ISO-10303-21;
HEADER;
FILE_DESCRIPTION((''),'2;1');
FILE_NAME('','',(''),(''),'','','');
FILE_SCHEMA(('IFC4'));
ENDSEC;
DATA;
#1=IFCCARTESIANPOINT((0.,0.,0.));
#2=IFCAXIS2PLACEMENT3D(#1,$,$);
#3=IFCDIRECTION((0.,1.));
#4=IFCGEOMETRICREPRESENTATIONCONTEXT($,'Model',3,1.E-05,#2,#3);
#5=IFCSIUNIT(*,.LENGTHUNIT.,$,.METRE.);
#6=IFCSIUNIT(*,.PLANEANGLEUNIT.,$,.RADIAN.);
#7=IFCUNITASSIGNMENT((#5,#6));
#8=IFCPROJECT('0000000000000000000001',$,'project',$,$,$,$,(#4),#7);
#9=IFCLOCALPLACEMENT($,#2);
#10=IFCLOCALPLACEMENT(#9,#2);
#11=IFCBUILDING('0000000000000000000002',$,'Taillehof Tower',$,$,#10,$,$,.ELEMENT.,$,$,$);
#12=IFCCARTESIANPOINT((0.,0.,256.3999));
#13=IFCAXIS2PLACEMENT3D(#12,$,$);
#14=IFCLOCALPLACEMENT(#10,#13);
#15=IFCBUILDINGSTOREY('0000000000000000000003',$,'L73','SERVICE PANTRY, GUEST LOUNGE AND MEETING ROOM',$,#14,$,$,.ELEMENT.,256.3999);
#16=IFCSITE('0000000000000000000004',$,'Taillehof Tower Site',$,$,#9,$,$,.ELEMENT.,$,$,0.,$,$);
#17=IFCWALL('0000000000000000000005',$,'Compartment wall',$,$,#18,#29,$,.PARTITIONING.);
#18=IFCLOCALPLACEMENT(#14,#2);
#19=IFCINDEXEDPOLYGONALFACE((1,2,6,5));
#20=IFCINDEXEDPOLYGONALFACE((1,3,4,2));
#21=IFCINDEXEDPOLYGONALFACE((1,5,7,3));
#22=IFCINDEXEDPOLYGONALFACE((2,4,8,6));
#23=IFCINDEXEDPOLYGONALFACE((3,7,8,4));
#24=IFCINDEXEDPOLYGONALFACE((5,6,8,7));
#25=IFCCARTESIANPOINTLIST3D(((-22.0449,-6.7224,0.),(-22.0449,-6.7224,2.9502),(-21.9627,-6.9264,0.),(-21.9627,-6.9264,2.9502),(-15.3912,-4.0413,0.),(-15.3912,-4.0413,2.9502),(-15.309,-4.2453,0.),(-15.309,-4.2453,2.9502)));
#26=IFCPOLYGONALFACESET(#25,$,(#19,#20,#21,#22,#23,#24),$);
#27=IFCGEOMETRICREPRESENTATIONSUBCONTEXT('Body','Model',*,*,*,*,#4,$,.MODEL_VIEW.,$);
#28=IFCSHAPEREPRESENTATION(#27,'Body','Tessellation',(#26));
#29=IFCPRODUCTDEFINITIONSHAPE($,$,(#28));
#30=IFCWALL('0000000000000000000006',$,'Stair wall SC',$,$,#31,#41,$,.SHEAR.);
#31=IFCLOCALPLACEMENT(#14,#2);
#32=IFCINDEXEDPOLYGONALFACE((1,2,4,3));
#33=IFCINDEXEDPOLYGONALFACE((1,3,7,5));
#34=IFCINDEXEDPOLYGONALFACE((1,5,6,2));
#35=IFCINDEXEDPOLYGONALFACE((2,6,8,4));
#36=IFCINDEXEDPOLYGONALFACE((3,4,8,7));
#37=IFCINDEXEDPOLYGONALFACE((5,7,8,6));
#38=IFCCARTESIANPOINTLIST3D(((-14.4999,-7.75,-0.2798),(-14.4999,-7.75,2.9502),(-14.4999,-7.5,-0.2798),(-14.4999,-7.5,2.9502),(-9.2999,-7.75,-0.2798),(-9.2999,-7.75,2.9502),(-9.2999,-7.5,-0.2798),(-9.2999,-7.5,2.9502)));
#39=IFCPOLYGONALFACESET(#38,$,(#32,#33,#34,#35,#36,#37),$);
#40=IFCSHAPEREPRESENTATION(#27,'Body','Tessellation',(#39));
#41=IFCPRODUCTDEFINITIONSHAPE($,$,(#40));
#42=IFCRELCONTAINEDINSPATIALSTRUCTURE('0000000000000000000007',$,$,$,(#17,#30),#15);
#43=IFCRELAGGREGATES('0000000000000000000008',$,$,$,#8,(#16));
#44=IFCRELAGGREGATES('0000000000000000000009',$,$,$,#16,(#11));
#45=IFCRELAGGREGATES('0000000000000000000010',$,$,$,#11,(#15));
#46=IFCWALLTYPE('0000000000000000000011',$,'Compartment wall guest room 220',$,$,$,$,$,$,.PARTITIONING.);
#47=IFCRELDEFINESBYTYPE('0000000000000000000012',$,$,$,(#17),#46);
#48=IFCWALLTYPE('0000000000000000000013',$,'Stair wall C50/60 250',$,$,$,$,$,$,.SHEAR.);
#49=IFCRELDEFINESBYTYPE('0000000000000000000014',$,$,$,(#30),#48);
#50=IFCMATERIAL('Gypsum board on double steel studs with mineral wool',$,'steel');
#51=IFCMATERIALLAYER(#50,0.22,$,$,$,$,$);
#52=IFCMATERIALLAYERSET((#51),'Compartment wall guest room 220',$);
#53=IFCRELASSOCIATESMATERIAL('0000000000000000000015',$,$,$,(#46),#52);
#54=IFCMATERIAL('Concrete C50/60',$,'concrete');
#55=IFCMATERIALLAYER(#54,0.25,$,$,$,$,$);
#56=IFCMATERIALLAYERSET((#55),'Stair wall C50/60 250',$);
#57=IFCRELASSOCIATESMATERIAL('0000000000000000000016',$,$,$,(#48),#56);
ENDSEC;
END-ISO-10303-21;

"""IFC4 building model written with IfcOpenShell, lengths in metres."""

from ifc_helpers import new_model, si_unit, direction, frame, frame_2d, origin, place, context, subcontext, project, spatial, rectangle, extrude, material, layer, layer_set, type_object, element, save


model = new_model("IFC4")

# Units and contexts
model_context = context("Model", 3, precision=1e-05, world=origin(), true_north=direction((0.0, 1.0)))
body_context = subcontext(model_context, "Body", "Model", "MODEL_VIEW")
ifc_project = project(units=[si_unit("LENGTHUNIT", "METRE"), si_unit("PLANEANGLEUNIT", "RADIAN")], contexts=[model_context])

# Site, building, storey
site_placement = place(None, origin())
site = spatial("IfcSite", under=ifc_project, at=site_placement, Name="Taillehof Tower Site", CompositionType="ELEMENT", RefElevation=0.0)
building_placement = place(site_placement, origin())
building = spatial("IfcBuilding", under=site, at=building_placement, Name="Taillehof Tower", CompositionType="ELEMENT")
storey_placement = place(building_placement, frame((0.0, 0.0, 256.3999)))
storey = spatial("IfcBuildingStorey", under=building, at=storey_placement, Name="L73", Description="SERVICE PANTRY, GUEST LOUNGE AND MEETING ROOM", CompositionType="ELEMENT", Elevation=256.3999)

# Walls
ifc_material_1 = material(Name="Gypsum board on double steel studs with mineral wool", Category="steel")
ifc_layer_1 = layer(ifc_material_1, 0.22)
ifc_layer_set_1 = layer_set([ifc_layer_1], Name="Compartment wall guest room 220")
wall_type_1 = type_object("IfcWallType", Name="Compartment wall guest room 220", PredefinedType="PARTITIONING", material=ifc_layer_set_1)
wall_1_placement = place(storey_placement, frame((-22.0039, -6.8245, 0.0), z_axis=(0.0, 0.0, 1.0), x_axis=(0.92753, 0.373748, 0.0)))
element("IfcWall", 1, at=wall_1_placement, inside=storey, type_object=wall_type_1, Name="Compartment wall", PredefinedType="PARTITIONING", context=body_context, shape_type="SweptSolid", body=[
    extrude(rectangle(XDim=7.1736, YDim=0.22, at=frame_2d((3.5869, 0.0))), origin(), (0.0, 0.0, 1.0), 2.9502),
])
ifc_material_2 = material(Name="Concrete C50/60", Category="concrete")
ifc_layer_2 = layer(ifc_material_2, 0.25)
ifc_layer_set_2 = layer_set([ifc_layer_2], Name="Stair wall C50/60 250")
wall_type_2 = type_object("IfcWallType", Name="Stair wall C50/60 250", PredefinedType="SHEAR", material=ifc_layer_set_2)
wall_2_placement = place(storey_placement, frame((-14.5, -7.625, -0.2798), z_axis=(0.0, 0.0, 1.0), x_axis=(1.0, 0.0, 0.0)))
element("IfcWall", 2, at=wall_2_placement, inside=storey, type_object=wall_type_2, Name="Stair wall SC", PredefinedType="SHEAR", context=body_context, shape_type="SweptSolid", body=[
    extrude(rectangle(XDim=5.2, YDim=0.25, at=frame_2d((2.6001, 0.0))), origin(), (0.0, 0.0, 1.0), 3.23),
])

save(model, "model.ifc")
